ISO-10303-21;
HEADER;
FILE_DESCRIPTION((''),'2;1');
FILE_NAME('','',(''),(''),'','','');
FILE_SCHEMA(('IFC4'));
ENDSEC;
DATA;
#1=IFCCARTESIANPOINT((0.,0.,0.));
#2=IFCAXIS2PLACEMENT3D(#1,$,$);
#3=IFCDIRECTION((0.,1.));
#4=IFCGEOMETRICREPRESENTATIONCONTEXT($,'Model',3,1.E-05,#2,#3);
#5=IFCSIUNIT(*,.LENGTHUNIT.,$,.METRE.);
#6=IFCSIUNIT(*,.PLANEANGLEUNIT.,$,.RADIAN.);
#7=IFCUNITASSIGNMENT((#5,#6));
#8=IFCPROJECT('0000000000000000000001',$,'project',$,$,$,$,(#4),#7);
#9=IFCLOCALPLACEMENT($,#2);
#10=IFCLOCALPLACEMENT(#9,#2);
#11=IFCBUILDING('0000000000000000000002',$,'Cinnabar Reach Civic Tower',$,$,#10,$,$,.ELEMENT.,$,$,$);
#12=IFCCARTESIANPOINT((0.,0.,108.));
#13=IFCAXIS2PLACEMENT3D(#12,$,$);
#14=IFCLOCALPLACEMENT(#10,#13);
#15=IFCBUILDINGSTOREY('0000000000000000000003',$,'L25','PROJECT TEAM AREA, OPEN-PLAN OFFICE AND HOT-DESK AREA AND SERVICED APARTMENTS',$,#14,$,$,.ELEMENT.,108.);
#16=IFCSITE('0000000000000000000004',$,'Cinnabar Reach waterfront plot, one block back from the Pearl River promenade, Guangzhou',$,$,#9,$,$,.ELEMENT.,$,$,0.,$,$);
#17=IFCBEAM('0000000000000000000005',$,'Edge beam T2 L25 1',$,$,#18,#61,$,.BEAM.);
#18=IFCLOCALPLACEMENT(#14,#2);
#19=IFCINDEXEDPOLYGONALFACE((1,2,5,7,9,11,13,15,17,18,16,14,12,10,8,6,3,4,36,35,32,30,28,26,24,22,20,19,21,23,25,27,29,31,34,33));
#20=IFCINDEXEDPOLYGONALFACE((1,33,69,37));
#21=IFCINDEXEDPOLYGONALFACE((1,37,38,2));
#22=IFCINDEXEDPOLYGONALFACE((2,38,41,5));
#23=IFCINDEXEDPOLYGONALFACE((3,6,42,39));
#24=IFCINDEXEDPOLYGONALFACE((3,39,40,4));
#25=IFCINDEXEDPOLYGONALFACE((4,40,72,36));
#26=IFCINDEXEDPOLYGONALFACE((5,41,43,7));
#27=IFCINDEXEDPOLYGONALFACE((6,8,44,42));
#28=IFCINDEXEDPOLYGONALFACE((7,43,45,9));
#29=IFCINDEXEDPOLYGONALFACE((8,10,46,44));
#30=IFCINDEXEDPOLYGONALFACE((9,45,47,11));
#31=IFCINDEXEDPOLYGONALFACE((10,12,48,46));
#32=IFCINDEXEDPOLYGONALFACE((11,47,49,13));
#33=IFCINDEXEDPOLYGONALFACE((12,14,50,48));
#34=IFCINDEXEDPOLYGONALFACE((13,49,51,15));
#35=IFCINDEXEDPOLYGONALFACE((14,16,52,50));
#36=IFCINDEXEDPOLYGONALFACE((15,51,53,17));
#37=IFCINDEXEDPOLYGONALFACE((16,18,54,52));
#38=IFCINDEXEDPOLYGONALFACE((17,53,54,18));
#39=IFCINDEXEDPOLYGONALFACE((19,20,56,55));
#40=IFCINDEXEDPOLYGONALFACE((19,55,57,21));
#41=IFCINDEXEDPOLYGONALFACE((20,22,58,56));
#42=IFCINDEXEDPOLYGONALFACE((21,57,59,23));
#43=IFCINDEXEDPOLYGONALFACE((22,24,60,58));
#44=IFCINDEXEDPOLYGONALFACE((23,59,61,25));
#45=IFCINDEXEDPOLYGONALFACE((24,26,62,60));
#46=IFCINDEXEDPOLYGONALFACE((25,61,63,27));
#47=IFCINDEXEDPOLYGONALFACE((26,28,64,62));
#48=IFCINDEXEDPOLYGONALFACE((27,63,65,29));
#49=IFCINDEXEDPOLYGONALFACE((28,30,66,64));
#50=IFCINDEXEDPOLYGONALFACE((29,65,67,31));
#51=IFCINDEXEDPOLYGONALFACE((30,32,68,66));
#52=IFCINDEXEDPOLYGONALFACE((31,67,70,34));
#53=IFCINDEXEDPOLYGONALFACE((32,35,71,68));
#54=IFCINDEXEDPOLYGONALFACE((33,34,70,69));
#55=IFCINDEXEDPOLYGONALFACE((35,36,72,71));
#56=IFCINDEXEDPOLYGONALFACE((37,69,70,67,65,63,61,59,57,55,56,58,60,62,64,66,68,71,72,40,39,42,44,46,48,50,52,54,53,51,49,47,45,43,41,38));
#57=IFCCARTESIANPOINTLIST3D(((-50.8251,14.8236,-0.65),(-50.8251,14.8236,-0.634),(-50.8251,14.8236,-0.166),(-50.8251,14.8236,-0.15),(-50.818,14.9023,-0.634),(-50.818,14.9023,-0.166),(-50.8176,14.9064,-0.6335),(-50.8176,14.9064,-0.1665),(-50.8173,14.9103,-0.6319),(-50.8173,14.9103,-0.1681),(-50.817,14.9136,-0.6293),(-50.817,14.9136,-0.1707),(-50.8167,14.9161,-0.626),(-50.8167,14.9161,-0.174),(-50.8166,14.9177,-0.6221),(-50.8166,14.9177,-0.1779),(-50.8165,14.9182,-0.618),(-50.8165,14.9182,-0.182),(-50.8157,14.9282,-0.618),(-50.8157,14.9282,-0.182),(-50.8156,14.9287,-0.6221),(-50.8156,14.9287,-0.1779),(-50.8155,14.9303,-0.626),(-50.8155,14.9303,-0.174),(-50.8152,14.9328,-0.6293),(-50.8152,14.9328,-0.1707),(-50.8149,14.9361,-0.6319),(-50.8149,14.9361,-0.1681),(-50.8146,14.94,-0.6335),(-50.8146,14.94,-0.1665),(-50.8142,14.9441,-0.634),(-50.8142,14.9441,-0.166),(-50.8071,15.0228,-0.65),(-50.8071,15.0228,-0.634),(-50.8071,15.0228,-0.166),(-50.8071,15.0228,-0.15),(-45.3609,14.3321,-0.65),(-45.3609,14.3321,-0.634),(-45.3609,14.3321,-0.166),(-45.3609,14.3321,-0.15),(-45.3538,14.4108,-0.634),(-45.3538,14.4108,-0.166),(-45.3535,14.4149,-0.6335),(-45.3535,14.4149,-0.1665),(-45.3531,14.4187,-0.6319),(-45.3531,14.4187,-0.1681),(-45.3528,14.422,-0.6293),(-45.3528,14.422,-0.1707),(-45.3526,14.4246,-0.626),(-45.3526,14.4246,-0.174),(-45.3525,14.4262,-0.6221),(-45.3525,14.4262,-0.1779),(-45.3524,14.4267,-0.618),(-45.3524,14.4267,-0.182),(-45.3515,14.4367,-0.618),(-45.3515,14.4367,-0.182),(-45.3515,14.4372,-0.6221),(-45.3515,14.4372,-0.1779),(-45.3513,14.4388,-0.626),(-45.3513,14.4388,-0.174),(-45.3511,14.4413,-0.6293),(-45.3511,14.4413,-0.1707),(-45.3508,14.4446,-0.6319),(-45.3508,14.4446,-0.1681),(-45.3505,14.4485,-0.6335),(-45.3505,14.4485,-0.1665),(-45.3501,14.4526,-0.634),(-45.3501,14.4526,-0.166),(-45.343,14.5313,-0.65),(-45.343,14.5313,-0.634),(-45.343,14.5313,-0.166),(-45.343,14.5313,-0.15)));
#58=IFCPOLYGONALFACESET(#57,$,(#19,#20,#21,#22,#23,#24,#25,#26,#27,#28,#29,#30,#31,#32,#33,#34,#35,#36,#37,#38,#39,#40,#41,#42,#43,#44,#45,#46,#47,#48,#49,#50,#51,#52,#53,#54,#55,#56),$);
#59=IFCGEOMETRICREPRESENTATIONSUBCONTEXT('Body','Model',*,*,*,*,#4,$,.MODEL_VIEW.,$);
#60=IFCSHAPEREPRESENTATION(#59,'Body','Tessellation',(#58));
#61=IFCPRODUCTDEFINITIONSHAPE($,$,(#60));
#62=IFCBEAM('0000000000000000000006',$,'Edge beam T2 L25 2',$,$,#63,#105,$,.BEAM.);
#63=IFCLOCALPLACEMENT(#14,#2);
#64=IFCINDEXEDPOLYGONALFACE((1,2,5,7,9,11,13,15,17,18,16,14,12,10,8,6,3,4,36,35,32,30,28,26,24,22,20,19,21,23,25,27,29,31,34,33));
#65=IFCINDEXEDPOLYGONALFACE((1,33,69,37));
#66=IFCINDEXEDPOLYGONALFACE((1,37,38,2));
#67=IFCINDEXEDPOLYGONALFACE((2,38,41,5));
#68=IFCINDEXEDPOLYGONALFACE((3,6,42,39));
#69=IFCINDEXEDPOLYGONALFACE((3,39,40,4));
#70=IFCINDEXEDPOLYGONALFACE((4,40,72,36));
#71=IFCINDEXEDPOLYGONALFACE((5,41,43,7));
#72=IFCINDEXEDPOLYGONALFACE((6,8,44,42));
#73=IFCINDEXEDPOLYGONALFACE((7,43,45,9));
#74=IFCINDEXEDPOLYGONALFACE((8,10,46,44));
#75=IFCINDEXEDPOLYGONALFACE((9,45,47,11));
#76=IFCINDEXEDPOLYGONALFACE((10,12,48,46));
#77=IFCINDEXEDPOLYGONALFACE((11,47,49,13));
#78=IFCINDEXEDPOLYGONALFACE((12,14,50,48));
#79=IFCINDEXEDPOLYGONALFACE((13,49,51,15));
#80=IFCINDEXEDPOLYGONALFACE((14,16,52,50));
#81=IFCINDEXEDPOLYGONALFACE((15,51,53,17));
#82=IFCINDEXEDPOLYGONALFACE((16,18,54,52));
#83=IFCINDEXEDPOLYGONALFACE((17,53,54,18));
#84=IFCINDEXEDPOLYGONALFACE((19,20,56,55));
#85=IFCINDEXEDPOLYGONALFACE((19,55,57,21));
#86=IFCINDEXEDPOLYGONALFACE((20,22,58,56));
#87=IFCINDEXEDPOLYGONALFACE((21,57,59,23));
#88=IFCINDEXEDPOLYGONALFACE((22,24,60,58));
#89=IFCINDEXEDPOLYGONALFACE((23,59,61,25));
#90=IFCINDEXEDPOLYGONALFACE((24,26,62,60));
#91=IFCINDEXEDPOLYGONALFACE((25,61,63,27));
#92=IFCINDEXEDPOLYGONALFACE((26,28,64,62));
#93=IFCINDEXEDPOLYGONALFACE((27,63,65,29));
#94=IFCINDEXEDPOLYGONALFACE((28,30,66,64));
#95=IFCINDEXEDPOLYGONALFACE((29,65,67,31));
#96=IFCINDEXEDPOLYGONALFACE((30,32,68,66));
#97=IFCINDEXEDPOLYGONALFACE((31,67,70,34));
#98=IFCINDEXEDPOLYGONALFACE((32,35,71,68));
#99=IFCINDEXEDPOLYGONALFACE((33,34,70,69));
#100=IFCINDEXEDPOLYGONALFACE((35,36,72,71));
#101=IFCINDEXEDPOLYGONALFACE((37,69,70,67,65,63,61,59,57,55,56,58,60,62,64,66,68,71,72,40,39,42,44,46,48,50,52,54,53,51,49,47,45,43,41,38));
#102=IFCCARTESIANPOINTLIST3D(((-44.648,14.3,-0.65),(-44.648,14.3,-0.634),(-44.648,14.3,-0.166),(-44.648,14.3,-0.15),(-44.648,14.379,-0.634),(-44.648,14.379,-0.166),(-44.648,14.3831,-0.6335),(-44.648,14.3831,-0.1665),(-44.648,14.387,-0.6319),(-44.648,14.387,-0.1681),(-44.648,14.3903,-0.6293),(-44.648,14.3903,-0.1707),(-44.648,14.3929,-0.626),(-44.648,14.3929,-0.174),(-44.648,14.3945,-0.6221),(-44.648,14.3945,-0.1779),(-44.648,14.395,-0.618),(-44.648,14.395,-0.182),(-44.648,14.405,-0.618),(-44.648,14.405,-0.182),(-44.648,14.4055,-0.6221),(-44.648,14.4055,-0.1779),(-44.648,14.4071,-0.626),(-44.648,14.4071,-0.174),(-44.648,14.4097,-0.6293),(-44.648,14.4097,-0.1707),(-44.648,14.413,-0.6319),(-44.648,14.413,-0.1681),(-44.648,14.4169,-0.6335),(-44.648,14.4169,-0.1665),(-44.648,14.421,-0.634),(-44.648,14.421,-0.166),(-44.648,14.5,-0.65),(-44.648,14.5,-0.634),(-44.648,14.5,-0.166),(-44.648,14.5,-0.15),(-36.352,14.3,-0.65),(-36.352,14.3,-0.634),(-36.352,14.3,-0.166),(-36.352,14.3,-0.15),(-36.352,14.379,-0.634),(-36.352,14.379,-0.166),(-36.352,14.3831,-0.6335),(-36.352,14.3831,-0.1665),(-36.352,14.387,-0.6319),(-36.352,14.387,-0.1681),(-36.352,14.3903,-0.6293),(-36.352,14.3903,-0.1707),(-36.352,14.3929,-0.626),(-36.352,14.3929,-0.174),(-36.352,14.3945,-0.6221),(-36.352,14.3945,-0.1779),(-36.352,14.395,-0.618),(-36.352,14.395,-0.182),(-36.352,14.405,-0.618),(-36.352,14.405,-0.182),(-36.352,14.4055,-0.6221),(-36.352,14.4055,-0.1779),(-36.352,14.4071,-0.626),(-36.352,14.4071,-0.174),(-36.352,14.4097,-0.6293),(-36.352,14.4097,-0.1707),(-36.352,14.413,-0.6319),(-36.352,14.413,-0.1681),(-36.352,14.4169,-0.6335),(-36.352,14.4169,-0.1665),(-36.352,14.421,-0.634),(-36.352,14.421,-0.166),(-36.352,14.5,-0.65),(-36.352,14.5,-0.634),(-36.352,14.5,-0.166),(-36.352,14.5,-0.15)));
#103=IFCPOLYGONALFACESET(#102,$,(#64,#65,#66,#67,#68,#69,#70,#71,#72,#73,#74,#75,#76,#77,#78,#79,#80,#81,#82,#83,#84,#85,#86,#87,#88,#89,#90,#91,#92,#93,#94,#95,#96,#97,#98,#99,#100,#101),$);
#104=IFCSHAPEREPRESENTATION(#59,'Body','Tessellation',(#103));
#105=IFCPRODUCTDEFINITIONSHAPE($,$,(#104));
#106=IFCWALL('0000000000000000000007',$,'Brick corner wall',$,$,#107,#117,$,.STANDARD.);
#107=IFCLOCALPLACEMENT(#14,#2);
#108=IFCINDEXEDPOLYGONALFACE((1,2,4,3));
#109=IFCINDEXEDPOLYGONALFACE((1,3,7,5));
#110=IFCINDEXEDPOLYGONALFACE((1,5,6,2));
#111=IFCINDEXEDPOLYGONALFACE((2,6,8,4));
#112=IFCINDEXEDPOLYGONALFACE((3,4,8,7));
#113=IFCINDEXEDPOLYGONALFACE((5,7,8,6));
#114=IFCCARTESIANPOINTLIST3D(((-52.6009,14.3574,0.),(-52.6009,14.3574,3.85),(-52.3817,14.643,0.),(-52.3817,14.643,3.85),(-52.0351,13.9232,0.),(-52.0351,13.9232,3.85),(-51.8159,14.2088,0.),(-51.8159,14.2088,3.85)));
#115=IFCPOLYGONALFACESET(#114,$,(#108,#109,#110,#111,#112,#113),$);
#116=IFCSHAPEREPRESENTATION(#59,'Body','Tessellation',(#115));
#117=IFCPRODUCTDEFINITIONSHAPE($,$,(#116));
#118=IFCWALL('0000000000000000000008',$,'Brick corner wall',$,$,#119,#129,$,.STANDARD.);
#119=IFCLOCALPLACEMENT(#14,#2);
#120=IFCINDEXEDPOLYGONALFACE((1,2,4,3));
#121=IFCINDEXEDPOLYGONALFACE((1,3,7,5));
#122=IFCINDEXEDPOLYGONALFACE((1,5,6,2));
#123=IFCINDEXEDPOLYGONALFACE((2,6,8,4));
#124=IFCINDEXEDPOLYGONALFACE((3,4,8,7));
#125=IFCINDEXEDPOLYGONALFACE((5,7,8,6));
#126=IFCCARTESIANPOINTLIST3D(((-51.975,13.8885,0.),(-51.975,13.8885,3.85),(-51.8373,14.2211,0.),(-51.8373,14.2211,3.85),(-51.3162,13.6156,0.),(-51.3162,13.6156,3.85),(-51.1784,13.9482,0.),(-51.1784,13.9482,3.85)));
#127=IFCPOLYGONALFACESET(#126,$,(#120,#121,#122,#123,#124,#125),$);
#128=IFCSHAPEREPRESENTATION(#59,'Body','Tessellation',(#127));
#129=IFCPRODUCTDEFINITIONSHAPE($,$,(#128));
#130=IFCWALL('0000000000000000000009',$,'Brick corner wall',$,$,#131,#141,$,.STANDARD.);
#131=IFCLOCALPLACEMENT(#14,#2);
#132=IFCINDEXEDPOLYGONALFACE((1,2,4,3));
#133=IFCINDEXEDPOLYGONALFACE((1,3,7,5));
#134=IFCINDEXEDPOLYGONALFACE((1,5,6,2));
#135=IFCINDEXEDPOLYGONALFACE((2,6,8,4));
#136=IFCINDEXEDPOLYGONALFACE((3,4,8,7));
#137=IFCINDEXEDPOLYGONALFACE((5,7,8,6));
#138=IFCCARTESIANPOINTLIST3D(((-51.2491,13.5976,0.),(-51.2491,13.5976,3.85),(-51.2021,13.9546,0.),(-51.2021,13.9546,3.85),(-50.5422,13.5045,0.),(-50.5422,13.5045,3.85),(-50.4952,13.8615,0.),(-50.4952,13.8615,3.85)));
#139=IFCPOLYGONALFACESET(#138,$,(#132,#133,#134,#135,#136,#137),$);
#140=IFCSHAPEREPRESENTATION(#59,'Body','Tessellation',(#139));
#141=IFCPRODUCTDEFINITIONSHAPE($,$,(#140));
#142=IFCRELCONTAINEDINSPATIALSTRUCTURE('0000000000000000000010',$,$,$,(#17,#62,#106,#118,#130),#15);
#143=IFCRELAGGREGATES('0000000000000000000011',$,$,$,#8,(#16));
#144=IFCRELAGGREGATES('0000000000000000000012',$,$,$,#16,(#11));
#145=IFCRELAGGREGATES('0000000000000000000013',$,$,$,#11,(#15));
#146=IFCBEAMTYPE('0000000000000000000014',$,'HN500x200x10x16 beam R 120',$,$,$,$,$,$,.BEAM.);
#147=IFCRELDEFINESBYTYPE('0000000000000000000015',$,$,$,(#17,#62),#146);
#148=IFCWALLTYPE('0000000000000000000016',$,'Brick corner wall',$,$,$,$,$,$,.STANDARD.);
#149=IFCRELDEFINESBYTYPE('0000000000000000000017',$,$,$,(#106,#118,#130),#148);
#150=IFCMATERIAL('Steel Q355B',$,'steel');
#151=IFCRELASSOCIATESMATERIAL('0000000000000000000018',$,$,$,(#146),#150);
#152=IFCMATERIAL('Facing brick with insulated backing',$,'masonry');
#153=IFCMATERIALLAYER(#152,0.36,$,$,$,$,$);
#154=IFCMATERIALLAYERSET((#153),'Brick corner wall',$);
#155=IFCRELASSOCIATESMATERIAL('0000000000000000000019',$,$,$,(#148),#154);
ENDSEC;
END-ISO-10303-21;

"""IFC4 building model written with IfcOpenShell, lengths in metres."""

from ifc_helpers import new_model, si_unit, direction, frame, frame_2d, origin, origin_2d, place, context, subcontext, project, spatial, rectangle, i_section, extrude, material, layer, layer_set, material_profile, profile_set, type_object, element, save


model = new_model("IFC4")

# Units and contexts
model_context = context("Model", 3, precision=1e-05, world=origin(), true_north=direction((0.0, 1.0)))
body_context = subcontext(model_context, "Body", "Model", "MODEL_VIEW")
ifc_project = project(units=[si_unit("LENGTHUNIT", "METRE"), si_unit("PLANEANGLEUNIT", "RADIAN")], contexts=[model_context])

# Site, building, storey
site_placement = place(None, origin())
site = spatial("IfcSite", under=ifc_project, at=site_placement, Name="Cinnabar Reach waterfront plot, one block back from the Pearl River promenade, Guangzhou", CompositionType="ELEMENT", RefElevation=0.0)
building_placement = place(site_placement, origin())
building = spatial("IfcBuilding", under=site, at=building_placement, Name="Cinnabar Reach Civic Tower", CompositionType="ELEMENT")
storey_placement = place(building_placement, frame((0.0, 0.0, 108.0)))
storey = spatial("IfcBuildingStorey", under=building, at=storey_placement, Name="L25", Description="PROJECT TEAM AREA, OPEN-PLAN OFFICE AND HOT-DESK AREA AND SERVICED APARTMENTS", CompositionType="ELEMENT", Elevation=108.0)

# Beams
ifc_material_1 = material(Name="Steel Q355B", Category="steel")
ifc_material_profile_1 = material_profile(ifc_material_1, i_section(OverallWidth=0.2, OverallDepth=0.5, WebThickness=0.01, FlangeThickness=0.016, FilletRadius=0.016, at=origin_2d()), Name="HN500x200x10x16")
ifc_profile_set_1 = profile_set([ifc_material_profile_1], Name="Steel Q355B")
beam_type_1 = type_object("IfcBeamType", Name="HN500x200x10x16 beam R 120", PredefinedType="BEAM", material=ifc_profile_set_1)
beam_1_placement = place(storey_placement, frame((-50.8161, 14.9232, -0.4), z_axis=(0.995979, -0.089589, 0.0), x_axis=(0.089589, 0.995979, 0.0)))
element("IfcBeam", 1, at=beam_1_placement, inside=storey, type_object=beam_type_1, Name="Edge beam T2 L25 1", PredefinedType="BEAM", context=body_context, shape_type="SweptSolid", body=[
    extrude(i_section(OverallWidth=0.2, OverallDepth=0.5, WebThickness=0.01, FlangeThickness=0.016, FilletRadius=0.016, at=origin_2d()), origin(), (0.0, 0.0, 1.0), 5.4862),
])
beam_2_placement = place(storey_placement, frame((-44.648, 14.4, -0.4), z_axis=(1.0, 0.0, 0.0), x_axis=(0.0, 1.0, 0.0)))
element("IfcBeam", 2, at=beam_2_placement, inside=storey, type_object=beam_type_1, Name="Edge beam T2 L25 2", PredefinedType="BEAM", context=body_context, shape_type="SweptSolid", body=[
    extrude(i_section(OverallWidth=0.2, OverallDepth=0.5, WebThickness=0.01, FlangeThickness=0.016, FilletRadius=0.016, at=origin_2d()), origin(), (0.0, 0.0, 1.0), 8.296),
])

# Walls
ifc_material_2 = material(Name="Facing brick with insulated backing", Category="masonry")
ifc_layer_1 = layer(ifc_material_2, 0.36)
ifc_layer_set_1 = layer_set([ifc_layer_1], Name="Brick corner wall")
wall_type_1 = type_object("IfcWallType", Name="Brick corner wall", PredefinedType="STANDARD", material=ifc_layer_set_1)
wall_1_placement = place(storey_placement, frame((-52.4913, 14.5002, 0.0), z_axis=(0.0, 0.0, 1.0), x_axis=(0.793322, -0.608802, 0.0)))
element("IfcWall", 3, at=wall_1_placement, inside=storey, type_object=wall_type_1, Name="Brick corner wall", PredefinedType="STANDARD", context=body_context, shape_type="SweptSolid", body=[
    extrude(rectangle(XDim=0.7132, YDim=0.36, at=frame_2d((0.3566, 0.0))), origin(), (0.0, 0.0, 1.0), 3.85),
])
for number, where, z_axis, x_axis, name in (
    (4, (-51.9061, 14.0548, 0.0), (0.0, 0.0, 1.0), (0.923872, -0.382703, 0.0), "Brick corner wall"),
    (5, (-51.2256, 13.7761, 0.0), (0.0, 0.0, 1.0), (0.991441, -0.130556, 0.0), "Brick corner wall"),
):
    element("IfcWall", number, at=place(storey_placement, frame(where, z_axis=z_axis, x_axis=x_axis)), inside=storey, type_object=wall_type_1, Name=name, PredefinedType="STANDARD", context=body_context, shape_type="SweptSolid", body=[
        extrude(rectangle(XDim=0.7131, YDim=0.36, at=frame_2d((0.3565, 0.0))), origin(), (0.0, 0.0, 1.0), 3.85),
    ])

save(model, "model.ifc")
